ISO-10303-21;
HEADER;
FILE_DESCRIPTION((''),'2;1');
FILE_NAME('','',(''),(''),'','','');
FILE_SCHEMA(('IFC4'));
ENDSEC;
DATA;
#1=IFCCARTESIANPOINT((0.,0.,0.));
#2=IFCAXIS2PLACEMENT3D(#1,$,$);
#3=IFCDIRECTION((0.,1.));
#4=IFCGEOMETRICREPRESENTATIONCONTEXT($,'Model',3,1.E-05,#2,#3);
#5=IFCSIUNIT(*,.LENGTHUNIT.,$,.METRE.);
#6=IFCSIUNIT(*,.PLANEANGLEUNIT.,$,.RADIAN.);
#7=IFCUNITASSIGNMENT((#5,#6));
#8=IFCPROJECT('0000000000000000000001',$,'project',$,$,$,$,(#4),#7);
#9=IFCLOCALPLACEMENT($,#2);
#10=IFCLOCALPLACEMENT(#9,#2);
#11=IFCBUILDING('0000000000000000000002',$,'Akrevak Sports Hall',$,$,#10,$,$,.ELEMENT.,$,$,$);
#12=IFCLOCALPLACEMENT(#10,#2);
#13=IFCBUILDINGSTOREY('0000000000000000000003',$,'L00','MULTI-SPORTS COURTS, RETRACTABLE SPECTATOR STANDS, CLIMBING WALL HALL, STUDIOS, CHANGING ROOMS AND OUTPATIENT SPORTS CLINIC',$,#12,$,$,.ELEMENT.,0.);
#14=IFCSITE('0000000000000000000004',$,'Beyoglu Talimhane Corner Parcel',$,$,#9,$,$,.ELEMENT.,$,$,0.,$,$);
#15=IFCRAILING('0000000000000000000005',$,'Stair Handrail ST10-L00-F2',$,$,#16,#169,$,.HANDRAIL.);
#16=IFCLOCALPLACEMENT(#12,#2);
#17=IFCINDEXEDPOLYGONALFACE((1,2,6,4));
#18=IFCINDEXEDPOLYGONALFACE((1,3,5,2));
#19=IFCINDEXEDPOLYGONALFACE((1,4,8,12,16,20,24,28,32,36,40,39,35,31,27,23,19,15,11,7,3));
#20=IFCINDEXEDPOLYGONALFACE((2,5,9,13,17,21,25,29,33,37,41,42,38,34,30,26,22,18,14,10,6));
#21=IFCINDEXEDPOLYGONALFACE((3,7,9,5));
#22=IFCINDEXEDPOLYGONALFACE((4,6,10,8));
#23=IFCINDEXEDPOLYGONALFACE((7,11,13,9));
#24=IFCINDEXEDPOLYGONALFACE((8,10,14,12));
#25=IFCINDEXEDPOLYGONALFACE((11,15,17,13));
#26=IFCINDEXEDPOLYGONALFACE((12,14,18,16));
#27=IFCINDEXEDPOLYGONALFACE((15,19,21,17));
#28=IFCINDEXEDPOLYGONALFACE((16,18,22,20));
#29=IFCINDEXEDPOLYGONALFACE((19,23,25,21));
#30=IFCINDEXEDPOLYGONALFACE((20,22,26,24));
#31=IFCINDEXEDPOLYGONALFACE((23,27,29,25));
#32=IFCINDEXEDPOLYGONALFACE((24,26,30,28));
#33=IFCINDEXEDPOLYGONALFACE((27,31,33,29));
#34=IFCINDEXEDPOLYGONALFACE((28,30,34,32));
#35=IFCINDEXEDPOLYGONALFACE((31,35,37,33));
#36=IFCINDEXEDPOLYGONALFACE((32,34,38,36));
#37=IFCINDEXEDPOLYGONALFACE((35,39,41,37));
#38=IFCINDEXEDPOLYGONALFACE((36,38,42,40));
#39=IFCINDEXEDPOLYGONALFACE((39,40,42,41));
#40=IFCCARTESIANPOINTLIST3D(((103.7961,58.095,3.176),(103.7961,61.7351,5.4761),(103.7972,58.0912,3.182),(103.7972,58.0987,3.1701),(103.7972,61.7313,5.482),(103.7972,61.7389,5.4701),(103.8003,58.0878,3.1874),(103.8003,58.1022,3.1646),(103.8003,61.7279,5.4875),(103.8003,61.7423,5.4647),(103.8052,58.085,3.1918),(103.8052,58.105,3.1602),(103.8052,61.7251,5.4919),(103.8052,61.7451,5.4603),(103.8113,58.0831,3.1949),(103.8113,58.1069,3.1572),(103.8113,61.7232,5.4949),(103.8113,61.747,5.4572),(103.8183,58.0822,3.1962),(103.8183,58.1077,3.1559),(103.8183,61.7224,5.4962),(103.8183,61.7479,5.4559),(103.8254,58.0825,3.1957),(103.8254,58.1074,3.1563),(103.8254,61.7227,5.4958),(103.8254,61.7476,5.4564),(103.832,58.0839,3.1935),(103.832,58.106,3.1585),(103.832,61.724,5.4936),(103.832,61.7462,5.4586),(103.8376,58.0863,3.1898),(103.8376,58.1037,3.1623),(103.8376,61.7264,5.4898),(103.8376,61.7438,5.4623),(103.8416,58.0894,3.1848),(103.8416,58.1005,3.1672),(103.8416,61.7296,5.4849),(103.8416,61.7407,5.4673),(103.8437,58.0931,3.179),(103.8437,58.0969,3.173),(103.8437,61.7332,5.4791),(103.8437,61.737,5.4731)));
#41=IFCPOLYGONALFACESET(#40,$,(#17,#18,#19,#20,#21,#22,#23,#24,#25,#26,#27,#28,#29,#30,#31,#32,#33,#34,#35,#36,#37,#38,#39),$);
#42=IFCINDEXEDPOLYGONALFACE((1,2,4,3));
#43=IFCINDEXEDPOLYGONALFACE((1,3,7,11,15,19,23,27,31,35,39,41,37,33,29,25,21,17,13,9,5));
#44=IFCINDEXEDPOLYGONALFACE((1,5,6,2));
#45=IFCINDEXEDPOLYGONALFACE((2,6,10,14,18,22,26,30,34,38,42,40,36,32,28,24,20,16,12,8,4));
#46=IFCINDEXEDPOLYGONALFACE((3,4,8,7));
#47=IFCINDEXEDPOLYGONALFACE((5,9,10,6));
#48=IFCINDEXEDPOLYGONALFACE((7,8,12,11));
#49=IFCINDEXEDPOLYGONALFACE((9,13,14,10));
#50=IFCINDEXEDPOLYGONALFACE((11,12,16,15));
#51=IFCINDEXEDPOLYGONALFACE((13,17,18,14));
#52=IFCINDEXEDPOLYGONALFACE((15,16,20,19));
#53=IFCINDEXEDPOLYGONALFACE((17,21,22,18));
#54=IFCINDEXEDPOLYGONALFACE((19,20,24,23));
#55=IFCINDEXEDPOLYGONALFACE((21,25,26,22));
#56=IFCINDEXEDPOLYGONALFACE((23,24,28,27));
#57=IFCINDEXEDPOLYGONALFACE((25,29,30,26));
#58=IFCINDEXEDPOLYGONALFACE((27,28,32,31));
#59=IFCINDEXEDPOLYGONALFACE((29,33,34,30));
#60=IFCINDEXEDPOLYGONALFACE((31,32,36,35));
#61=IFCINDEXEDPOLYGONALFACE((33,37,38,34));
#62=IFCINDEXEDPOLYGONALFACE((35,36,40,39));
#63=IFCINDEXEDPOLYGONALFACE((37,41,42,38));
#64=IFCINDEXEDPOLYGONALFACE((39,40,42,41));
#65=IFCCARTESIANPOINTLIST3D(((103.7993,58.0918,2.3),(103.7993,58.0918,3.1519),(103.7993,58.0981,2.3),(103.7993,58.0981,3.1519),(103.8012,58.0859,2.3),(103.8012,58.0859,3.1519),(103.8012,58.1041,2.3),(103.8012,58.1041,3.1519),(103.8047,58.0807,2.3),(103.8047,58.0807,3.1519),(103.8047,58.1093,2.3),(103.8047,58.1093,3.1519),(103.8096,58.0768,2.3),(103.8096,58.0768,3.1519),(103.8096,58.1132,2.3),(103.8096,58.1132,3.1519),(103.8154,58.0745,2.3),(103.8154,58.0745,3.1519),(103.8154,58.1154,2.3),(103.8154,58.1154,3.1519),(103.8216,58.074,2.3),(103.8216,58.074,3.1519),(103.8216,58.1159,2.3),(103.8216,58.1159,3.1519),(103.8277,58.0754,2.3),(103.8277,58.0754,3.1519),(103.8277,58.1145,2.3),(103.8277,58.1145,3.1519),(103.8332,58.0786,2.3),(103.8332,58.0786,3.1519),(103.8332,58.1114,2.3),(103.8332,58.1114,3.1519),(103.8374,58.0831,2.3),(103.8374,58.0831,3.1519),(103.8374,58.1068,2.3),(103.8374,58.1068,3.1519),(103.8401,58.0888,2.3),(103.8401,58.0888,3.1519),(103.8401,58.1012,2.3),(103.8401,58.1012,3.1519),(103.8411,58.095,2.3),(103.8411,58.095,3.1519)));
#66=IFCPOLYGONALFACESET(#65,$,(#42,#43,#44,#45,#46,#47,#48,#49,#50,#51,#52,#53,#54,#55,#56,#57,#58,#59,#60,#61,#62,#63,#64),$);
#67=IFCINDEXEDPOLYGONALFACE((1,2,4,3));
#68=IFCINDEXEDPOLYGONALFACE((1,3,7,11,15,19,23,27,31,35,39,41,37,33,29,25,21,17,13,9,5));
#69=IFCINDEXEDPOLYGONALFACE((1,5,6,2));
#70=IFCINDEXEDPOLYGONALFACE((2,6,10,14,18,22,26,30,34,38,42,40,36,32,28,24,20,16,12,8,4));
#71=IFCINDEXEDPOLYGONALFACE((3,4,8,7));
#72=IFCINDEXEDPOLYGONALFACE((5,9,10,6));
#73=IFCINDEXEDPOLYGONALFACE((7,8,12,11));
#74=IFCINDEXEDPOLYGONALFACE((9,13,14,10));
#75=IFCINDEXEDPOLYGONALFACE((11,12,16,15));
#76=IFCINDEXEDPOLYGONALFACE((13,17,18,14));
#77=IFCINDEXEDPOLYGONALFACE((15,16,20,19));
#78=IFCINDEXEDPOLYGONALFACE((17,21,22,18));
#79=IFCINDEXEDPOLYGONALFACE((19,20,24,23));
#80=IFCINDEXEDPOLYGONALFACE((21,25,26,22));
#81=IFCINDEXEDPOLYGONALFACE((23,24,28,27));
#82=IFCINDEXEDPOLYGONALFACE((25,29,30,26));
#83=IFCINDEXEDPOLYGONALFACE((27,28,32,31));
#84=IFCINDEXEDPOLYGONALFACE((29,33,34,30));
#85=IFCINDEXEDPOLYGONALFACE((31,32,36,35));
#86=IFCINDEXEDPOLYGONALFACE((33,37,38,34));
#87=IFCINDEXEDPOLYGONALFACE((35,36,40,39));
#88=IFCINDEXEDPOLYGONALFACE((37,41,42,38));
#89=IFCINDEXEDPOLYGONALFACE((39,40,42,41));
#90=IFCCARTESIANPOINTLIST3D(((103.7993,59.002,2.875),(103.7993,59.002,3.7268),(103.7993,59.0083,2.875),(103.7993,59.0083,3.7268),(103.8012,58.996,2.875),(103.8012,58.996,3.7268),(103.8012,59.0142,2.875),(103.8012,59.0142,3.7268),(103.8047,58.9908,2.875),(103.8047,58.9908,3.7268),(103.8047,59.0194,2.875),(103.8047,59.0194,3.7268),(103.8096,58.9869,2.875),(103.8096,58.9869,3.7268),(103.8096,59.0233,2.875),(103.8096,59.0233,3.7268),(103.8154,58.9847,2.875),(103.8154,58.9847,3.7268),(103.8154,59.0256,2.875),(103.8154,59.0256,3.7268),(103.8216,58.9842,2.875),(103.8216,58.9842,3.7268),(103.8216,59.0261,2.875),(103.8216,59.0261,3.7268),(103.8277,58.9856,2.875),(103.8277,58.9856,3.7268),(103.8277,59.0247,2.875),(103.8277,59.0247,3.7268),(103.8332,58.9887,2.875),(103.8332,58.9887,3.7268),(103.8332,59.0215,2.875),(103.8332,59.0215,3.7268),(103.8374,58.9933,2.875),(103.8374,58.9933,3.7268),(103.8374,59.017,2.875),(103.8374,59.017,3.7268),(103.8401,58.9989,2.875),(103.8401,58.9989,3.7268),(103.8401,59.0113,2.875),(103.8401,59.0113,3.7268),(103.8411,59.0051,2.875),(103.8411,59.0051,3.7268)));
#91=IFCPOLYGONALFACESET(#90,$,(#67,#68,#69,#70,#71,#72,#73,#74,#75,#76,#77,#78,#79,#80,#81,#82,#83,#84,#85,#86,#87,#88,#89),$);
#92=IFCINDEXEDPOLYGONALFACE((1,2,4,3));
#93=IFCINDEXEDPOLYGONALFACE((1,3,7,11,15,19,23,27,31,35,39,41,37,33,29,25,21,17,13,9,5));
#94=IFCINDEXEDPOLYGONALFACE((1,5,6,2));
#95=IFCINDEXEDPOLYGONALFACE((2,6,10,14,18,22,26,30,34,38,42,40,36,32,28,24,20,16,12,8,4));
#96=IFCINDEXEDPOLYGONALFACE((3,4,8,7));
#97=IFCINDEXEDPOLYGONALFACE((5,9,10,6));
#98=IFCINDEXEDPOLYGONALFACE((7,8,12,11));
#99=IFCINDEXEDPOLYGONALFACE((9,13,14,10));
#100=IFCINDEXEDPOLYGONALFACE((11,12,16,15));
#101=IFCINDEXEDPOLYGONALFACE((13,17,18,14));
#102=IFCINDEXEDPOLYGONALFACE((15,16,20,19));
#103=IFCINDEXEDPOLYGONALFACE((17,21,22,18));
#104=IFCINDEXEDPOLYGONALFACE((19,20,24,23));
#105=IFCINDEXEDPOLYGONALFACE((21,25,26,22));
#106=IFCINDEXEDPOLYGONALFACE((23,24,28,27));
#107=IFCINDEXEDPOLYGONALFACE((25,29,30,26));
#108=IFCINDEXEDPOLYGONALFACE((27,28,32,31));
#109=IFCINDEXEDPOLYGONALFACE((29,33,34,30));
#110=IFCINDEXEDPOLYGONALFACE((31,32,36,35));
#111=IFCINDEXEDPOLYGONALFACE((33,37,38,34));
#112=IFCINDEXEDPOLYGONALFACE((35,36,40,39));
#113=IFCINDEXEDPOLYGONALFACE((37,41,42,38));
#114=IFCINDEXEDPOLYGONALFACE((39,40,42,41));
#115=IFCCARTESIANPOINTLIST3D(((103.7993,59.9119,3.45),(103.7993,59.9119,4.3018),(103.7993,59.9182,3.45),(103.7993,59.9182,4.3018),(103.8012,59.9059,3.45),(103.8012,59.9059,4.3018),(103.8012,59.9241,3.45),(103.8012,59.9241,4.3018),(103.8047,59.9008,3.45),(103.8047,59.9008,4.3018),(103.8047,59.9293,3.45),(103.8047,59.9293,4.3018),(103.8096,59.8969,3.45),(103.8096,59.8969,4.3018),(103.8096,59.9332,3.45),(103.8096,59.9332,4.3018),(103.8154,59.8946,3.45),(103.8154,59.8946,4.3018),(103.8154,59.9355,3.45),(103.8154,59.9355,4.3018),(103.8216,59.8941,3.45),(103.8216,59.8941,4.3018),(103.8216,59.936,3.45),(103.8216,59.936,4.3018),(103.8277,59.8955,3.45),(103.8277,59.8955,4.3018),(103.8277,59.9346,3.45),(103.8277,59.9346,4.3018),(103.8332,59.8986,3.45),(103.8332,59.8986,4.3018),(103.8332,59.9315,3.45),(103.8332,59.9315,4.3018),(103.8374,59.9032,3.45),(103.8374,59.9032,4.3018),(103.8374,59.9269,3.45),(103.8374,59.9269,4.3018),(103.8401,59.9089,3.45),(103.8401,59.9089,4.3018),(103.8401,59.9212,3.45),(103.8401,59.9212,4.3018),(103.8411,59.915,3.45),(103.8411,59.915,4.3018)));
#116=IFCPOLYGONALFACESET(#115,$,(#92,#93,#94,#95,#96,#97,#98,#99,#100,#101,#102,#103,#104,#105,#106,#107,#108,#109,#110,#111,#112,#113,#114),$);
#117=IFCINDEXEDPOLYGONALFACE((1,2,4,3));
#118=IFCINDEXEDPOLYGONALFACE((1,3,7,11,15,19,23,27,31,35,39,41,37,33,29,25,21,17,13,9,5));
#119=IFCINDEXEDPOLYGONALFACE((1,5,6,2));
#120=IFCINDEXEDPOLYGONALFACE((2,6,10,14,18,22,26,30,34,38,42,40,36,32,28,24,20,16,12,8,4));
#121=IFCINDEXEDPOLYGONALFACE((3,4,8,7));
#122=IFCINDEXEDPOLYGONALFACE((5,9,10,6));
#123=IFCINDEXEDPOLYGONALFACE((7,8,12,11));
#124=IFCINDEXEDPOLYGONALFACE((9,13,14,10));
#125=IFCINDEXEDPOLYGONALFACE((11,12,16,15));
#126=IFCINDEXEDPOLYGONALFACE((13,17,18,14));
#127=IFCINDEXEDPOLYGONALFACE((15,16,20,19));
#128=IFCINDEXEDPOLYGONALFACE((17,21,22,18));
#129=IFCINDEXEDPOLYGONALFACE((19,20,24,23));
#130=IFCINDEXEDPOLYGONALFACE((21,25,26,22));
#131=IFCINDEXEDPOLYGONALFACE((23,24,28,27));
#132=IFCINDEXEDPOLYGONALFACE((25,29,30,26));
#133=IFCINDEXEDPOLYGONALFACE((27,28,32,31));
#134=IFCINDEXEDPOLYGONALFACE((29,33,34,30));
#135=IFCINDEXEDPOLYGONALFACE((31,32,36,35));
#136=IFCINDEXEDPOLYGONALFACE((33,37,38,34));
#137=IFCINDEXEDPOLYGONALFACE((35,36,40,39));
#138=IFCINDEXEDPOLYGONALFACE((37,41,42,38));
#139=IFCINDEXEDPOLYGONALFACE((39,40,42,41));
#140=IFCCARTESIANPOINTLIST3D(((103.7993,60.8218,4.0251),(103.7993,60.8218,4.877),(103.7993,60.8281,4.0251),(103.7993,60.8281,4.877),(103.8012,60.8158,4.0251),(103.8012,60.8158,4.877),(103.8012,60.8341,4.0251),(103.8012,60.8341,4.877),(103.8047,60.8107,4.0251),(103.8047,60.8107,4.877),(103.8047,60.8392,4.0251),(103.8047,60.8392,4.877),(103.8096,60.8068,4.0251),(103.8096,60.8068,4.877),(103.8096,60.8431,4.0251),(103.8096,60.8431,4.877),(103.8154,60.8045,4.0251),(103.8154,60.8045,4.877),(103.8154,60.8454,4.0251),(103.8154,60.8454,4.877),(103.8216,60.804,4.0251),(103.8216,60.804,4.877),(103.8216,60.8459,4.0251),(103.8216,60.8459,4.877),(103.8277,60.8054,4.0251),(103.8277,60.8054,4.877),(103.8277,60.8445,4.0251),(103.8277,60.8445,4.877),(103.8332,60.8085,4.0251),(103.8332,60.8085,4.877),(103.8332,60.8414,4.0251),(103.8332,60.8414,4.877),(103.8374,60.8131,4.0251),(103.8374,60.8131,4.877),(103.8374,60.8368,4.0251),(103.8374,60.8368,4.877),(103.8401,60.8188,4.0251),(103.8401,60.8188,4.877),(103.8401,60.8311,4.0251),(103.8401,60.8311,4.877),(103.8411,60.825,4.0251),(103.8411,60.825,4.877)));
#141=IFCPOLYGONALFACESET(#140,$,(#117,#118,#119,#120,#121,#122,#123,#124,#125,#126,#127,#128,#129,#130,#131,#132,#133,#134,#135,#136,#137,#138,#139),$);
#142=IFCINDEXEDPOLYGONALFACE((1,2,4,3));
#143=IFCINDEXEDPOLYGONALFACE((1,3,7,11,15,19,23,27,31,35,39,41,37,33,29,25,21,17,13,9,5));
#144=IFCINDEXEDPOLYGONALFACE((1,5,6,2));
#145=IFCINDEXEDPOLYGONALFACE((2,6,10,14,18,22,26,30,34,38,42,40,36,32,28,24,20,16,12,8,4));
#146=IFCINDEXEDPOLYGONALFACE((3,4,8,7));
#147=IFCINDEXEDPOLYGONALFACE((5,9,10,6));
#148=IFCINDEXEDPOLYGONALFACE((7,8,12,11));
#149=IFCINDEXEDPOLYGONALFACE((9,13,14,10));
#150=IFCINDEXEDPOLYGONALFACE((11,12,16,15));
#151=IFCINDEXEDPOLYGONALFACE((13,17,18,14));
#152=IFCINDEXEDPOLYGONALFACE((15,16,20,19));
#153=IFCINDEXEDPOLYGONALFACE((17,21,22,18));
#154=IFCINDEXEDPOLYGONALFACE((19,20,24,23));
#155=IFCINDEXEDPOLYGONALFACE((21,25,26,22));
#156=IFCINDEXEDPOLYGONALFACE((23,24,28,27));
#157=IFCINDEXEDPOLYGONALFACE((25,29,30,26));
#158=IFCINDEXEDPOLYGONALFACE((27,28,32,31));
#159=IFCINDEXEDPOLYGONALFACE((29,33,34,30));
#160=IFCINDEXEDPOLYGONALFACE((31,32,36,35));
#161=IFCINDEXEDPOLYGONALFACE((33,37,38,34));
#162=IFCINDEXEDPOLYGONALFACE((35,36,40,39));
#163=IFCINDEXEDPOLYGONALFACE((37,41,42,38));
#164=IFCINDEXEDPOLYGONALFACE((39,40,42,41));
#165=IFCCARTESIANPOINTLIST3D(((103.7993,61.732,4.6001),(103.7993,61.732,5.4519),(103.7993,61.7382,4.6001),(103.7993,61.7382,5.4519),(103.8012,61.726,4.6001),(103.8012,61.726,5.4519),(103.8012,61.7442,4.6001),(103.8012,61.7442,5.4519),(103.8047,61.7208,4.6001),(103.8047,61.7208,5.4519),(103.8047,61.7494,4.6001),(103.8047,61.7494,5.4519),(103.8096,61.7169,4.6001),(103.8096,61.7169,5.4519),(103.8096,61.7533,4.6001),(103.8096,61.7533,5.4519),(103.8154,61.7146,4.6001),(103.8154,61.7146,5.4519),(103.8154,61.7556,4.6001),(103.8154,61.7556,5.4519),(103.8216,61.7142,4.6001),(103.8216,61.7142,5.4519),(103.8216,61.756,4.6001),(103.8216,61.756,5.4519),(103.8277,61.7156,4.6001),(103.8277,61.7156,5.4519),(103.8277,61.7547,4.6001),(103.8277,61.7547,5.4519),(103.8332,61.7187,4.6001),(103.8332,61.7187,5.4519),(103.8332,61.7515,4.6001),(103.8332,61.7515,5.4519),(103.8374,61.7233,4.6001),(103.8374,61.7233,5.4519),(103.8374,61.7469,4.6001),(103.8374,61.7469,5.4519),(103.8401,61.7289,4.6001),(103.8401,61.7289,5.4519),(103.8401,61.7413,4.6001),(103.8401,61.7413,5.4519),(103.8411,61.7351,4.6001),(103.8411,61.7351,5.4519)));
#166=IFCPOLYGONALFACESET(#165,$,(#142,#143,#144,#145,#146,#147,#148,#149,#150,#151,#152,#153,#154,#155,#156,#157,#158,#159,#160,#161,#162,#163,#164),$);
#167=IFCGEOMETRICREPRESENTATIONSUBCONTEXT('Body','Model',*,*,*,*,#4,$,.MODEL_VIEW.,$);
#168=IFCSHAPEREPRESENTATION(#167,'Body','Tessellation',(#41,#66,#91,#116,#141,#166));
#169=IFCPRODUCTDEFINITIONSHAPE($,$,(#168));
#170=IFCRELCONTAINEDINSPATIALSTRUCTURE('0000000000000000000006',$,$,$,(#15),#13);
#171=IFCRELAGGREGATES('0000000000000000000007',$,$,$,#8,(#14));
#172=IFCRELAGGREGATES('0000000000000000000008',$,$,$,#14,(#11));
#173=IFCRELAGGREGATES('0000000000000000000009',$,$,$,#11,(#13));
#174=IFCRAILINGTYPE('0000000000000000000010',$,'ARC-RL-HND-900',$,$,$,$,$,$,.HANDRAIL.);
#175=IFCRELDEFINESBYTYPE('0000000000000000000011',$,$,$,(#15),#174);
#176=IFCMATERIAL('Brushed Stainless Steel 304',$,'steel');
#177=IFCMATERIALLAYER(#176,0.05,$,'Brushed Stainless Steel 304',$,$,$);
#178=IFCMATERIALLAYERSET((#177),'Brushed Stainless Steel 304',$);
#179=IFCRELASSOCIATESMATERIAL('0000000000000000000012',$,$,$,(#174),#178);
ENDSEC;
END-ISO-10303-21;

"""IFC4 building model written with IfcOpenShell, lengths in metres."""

from ifc_helpers import new_model, si_unit, direction, frame, origin, origin_2d, place, context, subcontext, project, spatial, circle, extrude, material, layer, layer_set, type_object, element, save


model = new_model("IFC4")

# Units and contexts
model_context = context("Model", 3, precision=1e-05, world=origin(), true_north=direction((0.0, 1.0)))
body_context = subcontext(model_context, "Body", "Model", "MODEL_VIEW")
ifc_project = project(units=[si_unit("LENGTHUNIT", "METRE"), si_unit("PLANEANGLEUNIT", "RADIAN")], contexts=[model_context])

# Site, building, storey
site_placement = place(None, origin())
site = spatial("IfcSite", under=ifc_project, at=site_placement, Name="Beyoglu Talimhane Corner Parcel", CompositionType="ELEMENT", RefElevation=0.0)
building_placement = place(site_placement, origin())
building = spatial("IfcBuilding", under=site, at=building_placement, Name="Akrevak Sports Hall", CompositionType="ELEMENT")
storey_placement = place(building_placement, origin())
storey = spatial("IfcBuildingStorey", under=building, at=storey_placement, Name="L00", Description="MULTI-SPORTS COURTS, RETRACTABLE SPECTATOR STANDS, CLIMBING WALL HALL, STUDIOS, CHANGING ROOMS AND OUTPATIENT SPORTS CLINIC", CompositionType="ELEMENT", Elevation=0.0)

# Railing
ifc_material_1 = material(Name="Brushed Stainless Steel 304", Category="steel")
ifc_layer_1 = layer(ifc_material_1, 0.05, Name="Brushed Stainless Steel 304")
ifc_layer_set_1 = layer_set([ifc_layer_1], Name="Brushed Stainless Steel 304")
railing_type_1 = type_object("IfcRailingType", Name="ARC-RL-HND-900", PredefinedType="HANDRAIL", material=ifc_layer_set_1)
railing_1_placement = place(storey_placement, frame((103.8201, 58.095, 2.3)))
element("IfcRailing", 1, at=railing_1_placement, inside=storey, type_object=railing_type_1, Name="Stair Handrail ST10-L00-F2", PredefinedType="HANDRAIL", context=body_context, shape_type="SweptSolid", body=[
    extrude(circle(Radius=0.0239, at=origin_2d()), frame((0.0, 0.0, 0.876), z_axis=(0.0, 0.845382, 0.534162), x_axis=(-1.0, 0.0, 0.0)), (0.0, 0.0, 1.0), 4.3059),
    extrude(circle(Radius=0.021, at=origin_2d()), origin(), (0.0, 0.0, 1.0), 0.8518),
    extrude(circle(Radius=0.021, at=origin_2d()), frame((0.0, 0.9102, 0.575)), (0.0, 0.0, 1.0), 0.8518),
    extrude(circle(Radius=0.021, at=origin_2d()), frame((0.0, 1.8201, 1.1499)), (0.0, 0.0, 1.0), 0.8518),
    extrude(circle(Radius=0.021, at=origin_2d()), frame((0.0, 2.73, 1.7251)), (0.0, 0.0, 1.0), 0.8518),
    extrude(circle(Radius=0.021, at=origin_2d()), frame((0.0, 3.6401, 2.3)), (0.0, 0.0, 1.0), 0.8518),
])

save(model, "model.ifc")
